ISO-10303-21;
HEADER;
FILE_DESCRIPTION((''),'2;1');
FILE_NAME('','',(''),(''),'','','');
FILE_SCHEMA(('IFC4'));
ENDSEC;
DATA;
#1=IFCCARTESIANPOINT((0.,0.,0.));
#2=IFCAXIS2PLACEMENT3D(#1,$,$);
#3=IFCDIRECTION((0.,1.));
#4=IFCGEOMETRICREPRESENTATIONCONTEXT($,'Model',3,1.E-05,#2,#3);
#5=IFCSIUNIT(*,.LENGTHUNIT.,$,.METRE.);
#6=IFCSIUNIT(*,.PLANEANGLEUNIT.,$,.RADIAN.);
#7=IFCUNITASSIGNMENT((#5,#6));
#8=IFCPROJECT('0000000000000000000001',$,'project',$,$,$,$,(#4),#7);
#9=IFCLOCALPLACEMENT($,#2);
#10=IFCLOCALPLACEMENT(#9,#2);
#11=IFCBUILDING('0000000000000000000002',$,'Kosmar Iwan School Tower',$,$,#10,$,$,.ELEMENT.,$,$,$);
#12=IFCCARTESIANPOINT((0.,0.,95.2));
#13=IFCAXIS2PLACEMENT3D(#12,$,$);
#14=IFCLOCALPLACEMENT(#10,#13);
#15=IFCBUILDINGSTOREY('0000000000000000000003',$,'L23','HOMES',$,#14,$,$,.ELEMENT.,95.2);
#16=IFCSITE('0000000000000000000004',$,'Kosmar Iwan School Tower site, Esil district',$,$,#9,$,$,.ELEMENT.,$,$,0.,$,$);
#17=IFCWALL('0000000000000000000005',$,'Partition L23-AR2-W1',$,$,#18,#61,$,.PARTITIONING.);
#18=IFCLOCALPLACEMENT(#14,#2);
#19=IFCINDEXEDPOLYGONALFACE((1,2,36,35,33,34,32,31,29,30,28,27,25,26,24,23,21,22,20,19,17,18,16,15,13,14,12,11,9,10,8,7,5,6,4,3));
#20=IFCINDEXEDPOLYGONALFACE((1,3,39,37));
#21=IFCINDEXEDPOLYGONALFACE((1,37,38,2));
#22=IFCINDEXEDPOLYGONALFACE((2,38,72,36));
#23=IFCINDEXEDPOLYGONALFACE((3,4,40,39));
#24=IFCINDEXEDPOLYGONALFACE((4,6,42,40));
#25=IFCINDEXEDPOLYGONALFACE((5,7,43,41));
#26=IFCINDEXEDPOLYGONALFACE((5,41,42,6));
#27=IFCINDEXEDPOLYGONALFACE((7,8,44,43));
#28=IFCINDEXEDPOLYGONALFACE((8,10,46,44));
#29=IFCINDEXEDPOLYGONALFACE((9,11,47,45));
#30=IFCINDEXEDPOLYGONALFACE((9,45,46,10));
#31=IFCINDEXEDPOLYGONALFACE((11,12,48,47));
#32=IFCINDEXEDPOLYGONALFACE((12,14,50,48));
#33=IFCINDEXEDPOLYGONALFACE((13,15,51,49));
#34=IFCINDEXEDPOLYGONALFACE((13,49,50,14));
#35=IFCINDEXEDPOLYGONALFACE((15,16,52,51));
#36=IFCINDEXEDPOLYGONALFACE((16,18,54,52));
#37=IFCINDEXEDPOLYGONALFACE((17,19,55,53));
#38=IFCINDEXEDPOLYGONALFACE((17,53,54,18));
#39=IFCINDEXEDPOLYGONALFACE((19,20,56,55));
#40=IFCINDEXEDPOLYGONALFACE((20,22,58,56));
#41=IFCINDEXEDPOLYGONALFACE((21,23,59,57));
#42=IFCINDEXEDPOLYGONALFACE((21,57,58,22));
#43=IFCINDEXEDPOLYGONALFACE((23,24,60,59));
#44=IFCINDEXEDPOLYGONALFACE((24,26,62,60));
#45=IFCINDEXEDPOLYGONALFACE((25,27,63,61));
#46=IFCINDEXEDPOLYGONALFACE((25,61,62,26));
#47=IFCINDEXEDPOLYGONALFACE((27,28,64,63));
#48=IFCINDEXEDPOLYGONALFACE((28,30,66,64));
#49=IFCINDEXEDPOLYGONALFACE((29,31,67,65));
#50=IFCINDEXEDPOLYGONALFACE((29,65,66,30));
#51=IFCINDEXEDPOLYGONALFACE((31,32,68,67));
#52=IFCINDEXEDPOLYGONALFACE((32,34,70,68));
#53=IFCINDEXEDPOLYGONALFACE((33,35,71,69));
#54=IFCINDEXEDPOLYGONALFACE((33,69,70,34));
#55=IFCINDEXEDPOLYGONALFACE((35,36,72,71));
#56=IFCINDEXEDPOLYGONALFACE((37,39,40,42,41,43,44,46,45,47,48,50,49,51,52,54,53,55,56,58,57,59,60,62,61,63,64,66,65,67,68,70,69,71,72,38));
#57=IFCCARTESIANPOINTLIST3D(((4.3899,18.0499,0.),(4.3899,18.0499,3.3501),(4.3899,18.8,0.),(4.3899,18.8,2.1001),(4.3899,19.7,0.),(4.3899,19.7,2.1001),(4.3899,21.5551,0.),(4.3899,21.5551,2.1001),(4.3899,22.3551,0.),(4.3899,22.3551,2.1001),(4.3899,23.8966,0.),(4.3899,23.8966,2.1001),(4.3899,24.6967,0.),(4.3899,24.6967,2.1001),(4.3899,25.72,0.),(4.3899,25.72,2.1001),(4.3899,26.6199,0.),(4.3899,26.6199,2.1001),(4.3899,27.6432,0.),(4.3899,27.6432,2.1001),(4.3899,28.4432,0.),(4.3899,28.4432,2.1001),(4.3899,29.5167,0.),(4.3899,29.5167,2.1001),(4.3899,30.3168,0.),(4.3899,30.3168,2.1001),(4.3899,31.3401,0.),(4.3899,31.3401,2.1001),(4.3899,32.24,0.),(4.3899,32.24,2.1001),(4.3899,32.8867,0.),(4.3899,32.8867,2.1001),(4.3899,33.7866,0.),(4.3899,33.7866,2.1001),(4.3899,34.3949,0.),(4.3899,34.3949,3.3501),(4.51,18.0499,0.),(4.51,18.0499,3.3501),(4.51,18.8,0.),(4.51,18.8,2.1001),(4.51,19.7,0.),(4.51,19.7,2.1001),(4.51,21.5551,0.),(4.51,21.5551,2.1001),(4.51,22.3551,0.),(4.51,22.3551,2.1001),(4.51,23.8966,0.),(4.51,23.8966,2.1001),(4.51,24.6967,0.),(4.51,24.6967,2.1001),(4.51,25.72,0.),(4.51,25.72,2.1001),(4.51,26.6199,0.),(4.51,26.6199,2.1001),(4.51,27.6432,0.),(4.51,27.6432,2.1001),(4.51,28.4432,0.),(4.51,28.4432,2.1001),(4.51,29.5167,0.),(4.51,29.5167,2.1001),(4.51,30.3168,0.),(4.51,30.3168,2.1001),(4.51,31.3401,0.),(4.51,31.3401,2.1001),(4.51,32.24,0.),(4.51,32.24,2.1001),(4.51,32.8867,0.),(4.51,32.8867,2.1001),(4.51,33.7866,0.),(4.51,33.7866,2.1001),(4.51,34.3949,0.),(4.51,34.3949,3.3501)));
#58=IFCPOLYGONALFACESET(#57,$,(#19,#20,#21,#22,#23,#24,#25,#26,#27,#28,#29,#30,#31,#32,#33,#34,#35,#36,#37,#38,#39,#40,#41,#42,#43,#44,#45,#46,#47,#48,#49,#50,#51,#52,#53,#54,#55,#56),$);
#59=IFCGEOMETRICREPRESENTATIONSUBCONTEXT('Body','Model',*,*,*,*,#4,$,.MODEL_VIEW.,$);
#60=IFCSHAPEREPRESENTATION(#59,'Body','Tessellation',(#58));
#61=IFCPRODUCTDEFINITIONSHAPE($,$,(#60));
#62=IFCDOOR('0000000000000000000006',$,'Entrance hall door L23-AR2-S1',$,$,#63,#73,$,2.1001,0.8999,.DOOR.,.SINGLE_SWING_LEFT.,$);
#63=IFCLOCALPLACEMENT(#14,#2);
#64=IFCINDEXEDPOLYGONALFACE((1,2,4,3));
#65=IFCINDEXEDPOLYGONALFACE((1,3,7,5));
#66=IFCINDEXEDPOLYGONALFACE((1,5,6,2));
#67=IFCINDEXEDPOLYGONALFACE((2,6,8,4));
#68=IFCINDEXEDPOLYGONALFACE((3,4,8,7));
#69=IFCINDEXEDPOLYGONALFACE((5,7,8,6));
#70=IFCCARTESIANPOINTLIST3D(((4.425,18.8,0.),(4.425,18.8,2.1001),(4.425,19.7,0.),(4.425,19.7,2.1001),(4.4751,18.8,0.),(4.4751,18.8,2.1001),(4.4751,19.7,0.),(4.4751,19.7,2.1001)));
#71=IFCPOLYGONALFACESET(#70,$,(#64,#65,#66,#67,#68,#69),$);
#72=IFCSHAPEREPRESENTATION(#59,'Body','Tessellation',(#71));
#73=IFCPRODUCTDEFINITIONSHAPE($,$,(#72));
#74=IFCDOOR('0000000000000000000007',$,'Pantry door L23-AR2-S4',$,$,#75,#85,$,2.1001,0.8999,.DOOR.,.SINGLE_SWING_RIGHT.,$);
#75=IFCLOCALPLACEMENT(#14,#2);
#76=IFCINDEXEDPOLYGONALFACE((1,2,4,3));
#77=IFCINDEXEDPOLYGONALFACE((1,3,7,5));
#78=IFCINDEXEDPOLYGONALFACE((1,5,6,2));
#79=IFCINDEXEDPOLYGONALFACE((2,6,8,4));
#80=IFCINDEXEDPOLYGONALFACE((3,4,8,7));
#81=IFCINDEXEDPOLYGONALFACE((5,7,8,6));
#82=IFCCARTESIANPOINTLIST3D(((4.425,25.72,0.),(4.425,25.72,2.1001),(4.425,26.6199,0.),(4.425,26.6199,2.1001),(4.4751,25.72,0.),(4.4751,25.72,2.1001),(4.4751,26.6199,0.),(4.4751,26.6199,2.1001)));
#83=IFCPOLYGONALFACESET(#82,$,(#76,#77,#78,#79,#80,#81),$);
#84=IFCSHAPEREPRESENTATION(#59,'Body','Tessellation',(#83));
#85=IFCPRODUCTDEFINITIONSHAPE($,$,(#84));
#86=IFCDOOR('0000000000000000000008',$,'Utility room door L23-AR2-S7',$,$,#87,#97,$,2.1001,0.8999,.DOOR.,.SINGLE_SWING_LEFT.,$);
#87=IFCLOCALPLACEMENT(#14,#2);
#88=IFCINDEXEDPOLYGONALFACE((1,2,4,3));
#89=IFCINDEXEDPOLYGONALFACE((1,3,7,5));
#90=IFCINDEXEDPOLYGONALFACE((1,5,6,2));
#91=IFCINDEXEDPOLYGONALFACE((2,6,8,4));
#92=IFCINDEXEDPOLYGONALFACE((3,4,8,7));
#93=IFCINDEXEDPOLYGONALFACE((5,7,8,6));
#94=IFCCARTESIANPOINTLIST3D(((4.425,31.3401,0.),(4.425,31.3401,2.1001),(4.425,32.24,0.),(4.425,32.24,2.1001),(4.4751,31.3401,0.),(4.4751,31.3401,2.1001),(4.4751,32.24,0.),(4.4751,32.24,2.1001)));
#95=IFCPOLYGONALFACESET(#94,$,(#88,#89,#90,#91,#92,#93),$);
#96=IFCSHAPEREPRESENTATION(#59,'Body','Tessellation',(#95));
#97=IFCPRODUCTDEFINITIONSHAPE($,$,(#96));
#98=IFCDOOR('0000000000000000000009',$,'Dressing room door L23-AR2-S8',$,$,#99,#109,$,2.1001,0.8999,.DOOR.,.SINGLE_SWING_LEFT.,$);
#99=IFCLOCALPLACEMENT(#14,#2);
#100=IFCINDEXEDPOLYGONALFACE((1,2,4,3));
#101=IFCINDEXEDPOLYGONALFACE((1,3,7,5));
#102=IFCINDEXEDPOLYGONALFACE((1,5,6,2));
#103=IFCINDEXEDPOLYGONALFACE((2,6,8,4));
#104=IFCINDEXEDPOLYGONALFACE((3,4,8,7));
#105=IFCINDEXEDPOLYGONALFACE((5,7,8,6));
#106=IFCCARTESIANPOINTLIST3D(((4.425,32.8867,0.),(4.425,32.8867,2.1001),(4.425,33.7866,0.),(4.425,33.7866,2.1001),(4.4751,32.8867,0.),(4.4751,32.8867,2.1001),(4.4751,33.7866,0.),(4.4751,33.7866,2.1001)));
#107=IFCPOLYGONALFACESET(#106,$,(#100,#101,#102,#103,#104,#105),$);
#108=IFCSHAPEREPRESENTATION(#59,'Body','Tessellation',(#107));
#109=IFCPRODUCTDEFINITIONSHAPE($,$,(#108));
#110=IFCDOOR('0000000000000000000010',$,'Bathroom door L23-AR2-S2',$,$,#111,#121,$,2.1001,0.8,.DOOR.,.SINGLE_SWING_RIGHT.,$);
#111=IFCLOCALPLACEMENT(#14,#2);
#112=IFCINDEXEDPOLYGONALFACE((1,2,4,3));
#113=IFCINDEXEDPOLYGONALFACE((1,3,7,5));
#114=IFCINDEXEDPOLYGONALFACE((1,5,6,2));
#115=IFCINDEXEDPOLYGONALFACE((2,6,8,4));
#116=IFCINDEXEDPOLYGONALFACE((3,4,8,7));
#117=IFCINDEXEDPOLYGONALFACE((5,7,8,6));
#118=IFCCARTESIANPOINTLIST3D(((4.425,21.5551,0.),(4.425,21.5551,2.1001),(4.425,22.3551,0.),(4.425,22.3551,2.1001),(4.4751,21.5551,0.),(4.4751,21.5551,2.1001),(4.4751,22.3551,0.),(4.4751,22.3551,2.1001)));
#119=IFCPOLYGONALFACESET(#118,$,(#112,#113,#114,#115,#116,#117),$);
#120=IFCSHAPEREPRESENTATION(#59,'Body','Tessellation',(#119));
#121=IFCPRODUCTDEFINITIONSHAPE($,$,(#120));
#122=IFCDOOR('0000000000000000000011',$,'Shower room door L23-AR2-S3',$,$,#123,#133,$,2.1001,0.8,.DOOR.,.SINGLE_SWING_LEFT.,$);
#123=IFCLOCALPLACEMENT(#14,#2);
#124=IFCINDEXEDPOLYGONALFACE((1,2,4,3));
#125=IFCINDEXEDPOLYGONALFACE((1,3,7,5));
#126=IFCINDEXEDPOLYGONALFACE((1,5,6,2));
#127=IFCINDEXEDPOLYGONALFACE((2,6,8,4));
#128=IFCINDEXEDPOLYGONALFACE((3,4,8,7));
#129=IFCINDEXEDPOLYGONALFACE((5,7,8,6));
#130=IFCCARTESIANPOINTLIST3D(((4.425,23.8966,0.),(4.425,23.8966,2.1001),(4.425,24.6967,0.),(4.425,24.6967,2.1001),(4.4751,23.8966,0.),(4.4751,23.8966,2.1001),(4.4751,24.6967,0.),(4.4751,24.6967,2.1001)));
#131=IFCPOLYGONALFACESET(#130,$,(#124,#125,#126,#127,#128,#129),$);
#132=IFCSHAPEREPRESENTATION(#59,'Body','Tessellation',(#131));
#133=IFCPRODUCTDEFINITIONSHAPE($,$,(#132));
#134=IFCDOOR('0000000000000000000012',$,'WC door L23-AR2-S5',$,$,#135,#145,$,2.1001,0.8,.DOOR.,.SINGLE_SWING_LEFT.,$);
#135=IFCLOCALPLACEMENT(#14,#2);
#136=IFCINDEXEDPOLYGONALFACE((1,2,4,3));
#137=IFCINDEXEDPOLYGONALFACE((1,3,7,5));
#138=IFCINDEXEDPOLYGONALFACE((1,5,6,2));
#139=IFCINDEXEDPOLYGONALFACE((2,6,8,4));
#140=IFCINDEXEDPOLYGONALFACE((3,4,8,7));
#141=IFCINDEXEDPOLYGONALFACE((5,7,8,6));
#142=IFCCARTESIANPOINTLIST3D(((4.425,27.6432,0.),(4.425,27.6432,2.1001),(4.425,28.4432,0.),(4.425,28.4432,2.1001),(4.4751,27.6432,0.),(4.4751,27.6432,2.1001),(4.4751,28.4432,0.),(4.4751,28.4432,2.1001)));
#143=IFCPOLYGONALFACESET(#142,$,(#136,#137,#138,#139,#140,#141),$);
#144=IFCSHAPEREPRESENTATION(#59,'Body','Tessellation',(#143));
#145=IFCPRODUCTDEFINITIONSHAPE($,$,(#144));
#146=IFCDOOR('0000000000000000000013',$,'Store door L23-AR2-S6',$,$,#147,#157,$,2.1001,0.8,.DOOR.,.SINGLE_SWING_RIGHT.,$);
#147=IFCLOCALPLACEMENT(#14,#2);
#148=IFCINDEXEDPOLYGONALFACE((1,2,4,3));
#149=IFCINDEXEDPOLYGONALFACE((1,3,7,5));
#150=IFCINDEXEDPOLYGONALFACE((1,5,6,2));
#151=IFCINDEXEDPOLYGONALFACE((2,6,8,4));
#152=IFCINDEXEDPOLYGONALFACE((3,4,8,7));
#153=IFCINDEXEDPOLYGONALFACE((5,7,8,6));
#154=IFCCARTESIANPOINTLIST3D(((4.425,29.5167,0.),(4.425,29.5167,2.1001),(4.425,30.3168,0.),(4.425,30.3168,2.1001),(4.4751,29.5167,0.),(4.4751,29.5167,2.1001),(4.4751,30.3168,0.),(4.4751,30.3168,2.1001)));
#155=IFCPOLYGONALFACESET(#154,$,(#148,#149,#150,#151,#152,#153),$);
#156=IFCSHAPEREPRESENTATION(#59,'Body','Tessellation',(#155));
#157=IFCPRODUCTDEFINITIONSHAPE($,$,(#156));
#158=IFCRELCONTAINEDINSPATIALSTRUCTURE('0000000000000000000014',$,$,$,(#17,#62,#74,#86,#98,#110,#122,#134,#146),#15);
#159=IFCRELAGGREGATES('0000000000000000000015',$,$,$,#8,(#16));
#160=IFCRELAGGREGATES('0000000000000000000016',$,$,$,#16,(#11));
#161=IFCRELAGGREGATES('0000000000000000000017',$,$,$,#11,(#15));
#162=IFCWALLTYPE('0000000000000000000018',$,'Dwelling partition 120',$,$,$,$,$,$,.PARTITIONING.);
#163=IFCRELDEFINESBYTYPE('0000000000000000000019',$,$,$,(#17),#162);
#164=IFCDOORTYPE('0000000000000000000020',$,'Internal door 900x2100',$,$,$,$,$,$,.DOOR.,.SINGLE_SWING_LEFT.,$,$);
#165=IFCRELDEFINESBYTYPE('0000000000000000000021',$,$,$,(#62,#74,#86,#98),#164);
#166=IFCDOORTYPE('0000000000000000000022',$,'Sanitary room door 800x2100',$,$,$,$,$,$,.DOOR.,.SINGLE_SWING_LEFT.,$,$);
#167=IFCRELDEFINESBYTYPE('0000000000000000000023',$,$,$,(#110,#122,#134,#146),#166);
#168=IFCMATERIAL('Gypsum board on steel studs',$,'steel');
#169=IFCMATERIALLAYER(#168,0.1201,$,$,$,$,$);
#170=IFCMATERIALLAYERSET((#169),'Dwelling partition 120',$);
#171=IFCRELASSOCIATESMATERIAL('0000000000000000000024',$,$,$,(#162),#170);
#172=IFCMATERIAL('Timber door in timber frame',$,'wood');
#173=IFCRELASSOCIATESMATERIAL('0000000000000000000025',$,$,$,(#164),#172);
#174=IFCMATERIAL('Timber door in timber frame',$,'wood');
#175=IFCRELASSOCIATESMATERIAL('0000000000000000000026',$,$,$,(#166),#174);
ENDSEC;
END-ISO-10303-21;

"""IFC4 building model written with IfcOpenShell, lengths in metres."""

from ifc_helpers import new_model, si_unit, direction, frame, frame_2d, origin, place, context, subcontext, project, spatial, rectangle, extrude, material, layer, layer_set, type_object, element, fill, save


model = new_model("IFC4")

# Units and contexts
model_context = context("Model", 3, precision=1e-05, world=origin(), true_north=direction((0.0, 1.0)))
body_context = subcontext(model_context, "Body", "Model", "MODEL_VIEW")
ifc_project = project(units=[si_unit("LENGTHUNIT", "METRE"), si_unit("PLANEANGLEUNIT", "RADIAN")], contexts=[model_context])

# Site, building, storey
site_placement = place(None, origin())
site = spatial("IfcSite", under=ifc_project, at=site_placement, Name="Kosmar Iwan School Tower site, Esil district", CompositionType="ELEMENT", RefElevation=0.0)
building_placement = place(site_placement, origin())
building = spatial("IfcBuilding", under=site, at=building_placement, Name="Kosmar Iwan School Tower", CompositionType="ELEMENT")
storey_placement = place(building_placement, frame((0.0, 0.0, 95.2)))
storey = spatial("IfcBuildingStorey", under=building, at=storey_placement, Name="L23", Description="HOMES", CompositionType="ELEMENT", Elevation=95.2)

# Shared definitions
ifc_material_1 = material(Name="Gypsum board on steel studs", Category="steel")
ifc_layer_1 = layer(ifc_material_1, 0.1201)
ifc_layer_set_1 = layer_set([ifc_layer_1], Name="Dwelling partition 120")
wall_type_1 = type_object("IfcWallType", Name="Dwelling partition 120", PredefinedType="PARTITIONING", material=ifc_layer_set_1)

# Wall, openings, doors
wall_1_placement = place(storey_placement, frame((4.45, 18.05, 0.0), z_axis=(0.0, 0.0, 1.0), x_axis=(0.0, 1.0, 0.0)))
wall_1 = element("IfcWall", 1, at=wall_1_placement, inside=storey, type_object=wall_type_1, Name="Partition L23-AR2-W1", PredefinedType="PARTITIONING", context=body_context, shape_type="SweptSolid", body=[
    extrude(rectangle(XDim=16.345, YDim=0.1201, at=frame_2d((8.1724, 0.0))), origin(), (0.0, 0.0, 1.0), 3.3501),
])
opening_1_placement = place(wall_1_placement, frame((0.75, 0.0, 0.0)))
opening_1 = element("IfcOpeningElement", 2, at=opening_1_placement, cuts=wall_1, PredefinedType="OPENING", context=body_context, shape_type="SweptSolid", body=[
    extrude(rectangle(XDim=0.8999, YDim=2.1001, at=frame_2d((0.45, 1.05))), frame((0.0, 0.072, 0.0), z_axis=(0.0, -1.0, 0.0), x_axis=(1.0, 0.0, 0.0)), (0.0, 0.0, 1.0), 0.144),
])
opening_2_placement = place(wall_1_placement, frame((3.5051, 0.0, 0.0)))
opening_2 = element("IfcOpeningElement", 3, at=opening_2_placement, cuts=wall_1, PredefinedType="OPENING", context=body_context, shape_type="SweptSolid", body=[
    extrude(rectangle(XDim=0.8, YDim=2.1001, at=frame_2d((0.3999, 1.05))), frame((0.0, 0.072, 0.0), z_axis=(0.0, -1.0, 0.0), x_axis=(1.0, 0.0, 0.0)), (0.0, 0.0, 1.0), 0.144),
])
opening_3_placement = place(wall_1_placement, frame((5.8467, 0.0, 0.0)))
opening_3 = element("IfcOpeningElement", 4, at=opening_3_placement, cuts=wall_1, PredefinedType="OPENING", context=body_context, shape_type="SweptSolid", body=[
    extrude(rectangle(XDim=0.8, YDim=2.1001, at=frame_2d((0.3999, 1.05))), frame((0.0, 0.072, 0.0), z_axis=(0.0, -1.0, 0.0), x_axis=(1.0, 0.0, 0.0)), (0.0, 0.0, 1.0), 0.144),
])
opening_4_placement = place(wall_1_placement, frame((7.6699, 0.0, 0.0)))
opening_4 = element("IfcOpeningElement", 5, at=opening_4_placement, cuts=wall_1, PredefinedType="OPENING", context=body_context, shape_type="SweptSolid", body=[
    extrude(rectangle(XDim=0.8999, YDim=2.1001, at=frame_2d((0.45, 1.05))), frame((0.0, 0.072, 0.0), z_axis=(0.0, -1.0, 0.0), x_axis=(1.0, 0.0, 0.0)), (0.0, 0.0, 1.0), 0.144),
])
opening_5_placement = place(wall_1_placement, frame((9.5933, 0.0, 0.0)))
opening_5 = element("IfcOpeningElement", 6, at=opening_5_placement, cuts=wall_1, PredefinedType="OPENING", context=body_context, shape_type="SweptSolid", body=[
    extrude(rectangle(XDim=0.8, YDim=2.1001, at=frame_2d((0.3999, 1.05))), frame((0.0, 0.072, 0.0), z_axis=(0.0, -1.0, 0.0), x_axis=(1.0, 0.0, 0.0)), (0.0, 0.0, 1.0), 0.144),
])
opening_6_placement = place(wall_1_placement, frame((11.4668, 0.0, 0.0)))
opening_6 = element("IfcOpeningElement", 7, at=opening_6_placement, cuts=wall_1, PredefinedType="OPENING", context=body_context, shape_type="SweptSolid", body=[
    extrude(rectangle(XDim=0.8, YDim=2.1001, at=frame_2d((0.3999, 1.05))), frame((0.0, 0.072, 0.0), z_axis=(0.0, -1.0, 0.0), x_axis=(1.0, 0.0, 0.0)), (0.0, 0.0, 1.0), 0.144),
])
opening_7_placement = place(wall_1_placement, frame((13.29, 0.0, 0.0)))
opening_7 = element("IfcOpeningElement", 8, at=opening_7_placement, cuts=wall_1, PredefinedType="OPENING", context=body_context, shape_type="SweptSolid", body=[
    extrude(rectangle(XDim=0.8999, YDim=2.1001, at=frame_2d((0.45, 1.05))), frame((0.0, 0.072, 0.0), z_axis=(0.0, -1.0, 0.0), x_axis=(1.0, 0.0, 0.0)), (0.0, 0.0, 1.0), 0.144),
])
opening_8_placement = place(wall_1_placement, frame((14.8367, 0.0, 0.0)))
opening_8 = element("IfcOpeningElement", 9, at=opening_8_placement, cuts=wall_1, PredefinedType="OPENING", context=body_context, shape_type="SweptSolid", body=[
    extrude(rectangle(XDim=0.8999, YDim=2.1001, at=frame_2d((0.45, 1.05))), frame((0.0, 0.072, 0.0), z_axis=(0.0, -1.0, 0.0), x_axis=(1.0, 0.0, 0.0)), (0.0, 0.0, 1.0), 0.144),
])
ifc_material_2 = material(Name="Timber door in timber frame", Category="wood")
door_type_1 = type_object("IfcDoorType", Name="Internal door 900x2100", OperationType="SINGLE_SWING_LEFT", PredefinedType="DOOR", material=ifc_material_2)
door_1_placement = place(opening_1_placement, origin())
door_1 = element("IfcDoor", 10, at=door_1_placement, inside=storey, type_object=door_type_1, Name="Entrance hall door L23-AR2-S1", OperationType="SINGLE_SWING_LEFT", OverallHeight=2.1001, OverallWidth=0.8999, PredefinedType="DOOR", context=body_context, shape_type="SweptSolid", body=[
    extrude(rectangle(XDim=0.8999, YDim=2.1001, at=frame_2d((0.45, 1.05))), frame((0.0, 0.0249, 0.0), z_axis=(0.0, -1.0, 0.0), x_axis=(1.0, 0.0, 0.0)), (0.0, 0.0, 1.0), 0.05),
])
fill(opening_1, door_1)
door_2_placement = place(opening_4_placement, origin())
door_2 = element("IfcDoor", 11, at=door_2_placement, inside=storey, type_object=door_type_1, Name="Pantry door L23-AR2-S4", OperationType="SINGLE_SWING_RIGHT", OverallHeight=2.1001, OverallWidth=0.8999, PredefinedType="DOOR", context=body_context, shape_type="SweptSolid", body=[
    extrude(rectangle(XDim=0.8999, YDim=2.1001, at=frame_2d((0.45, 1.05))), frame((0.0, 0.0249, 0.0), z_axis=(0.0, -1.0, 0.0), x_axis=(1.0, 0.0, 0.0)), (0.0, 0.0, 1.0), 0.05),
])
fill(opening_4, door_2)
door_3_placement = place(opening_7_placement, origin())
door_3 = element("IfcDoor", 12, at=door_3_placement, inside=storey, type_object=door_type_1, Name="Utility room door L23-AR2-S7", OperationType="SINGLE_SWING_LEFT", OverallHeight=2.1001, OverallWidth=0.8999, PredefinedType="DOOR", context=body_context, shape_type="SweptSolid", body=[
    extrude(rectangle(XDim=0.8999, YDim=2.1001, at=frame_2d((0.45, 1.05))), frame((0.0, 0.0249, 0.0), z_axis=(0.0, -1.0, 0.0), x_axis=(1.0, 0.0, 0.0)), (0.0, 0.0, 1.0), 0.05),
])
fill(opening_7, door_3)
door_4_placement = place(opening_8_placement, origin())
door_4 = element("IfcDoor", 13, at=door_4_placement, inside=storey, type_object=door_type_1, Name="Dressing room door L23-AR2-S8", OperationType="SINGLE_SWING_LEFT", OverallHeight=2.1001, OverallWidth=0.8999, PredefinedType="DOOR", context=body_context, shape_type="SweptSolid", body=[
    extrude(rectangle(XDim=0.8999, YDim=2.1001, at=frame_2d((0.45, 1.05))), frame((0.0, 0.0249, 0.0), z_axis=(0.0, -1.0, 0.0), x_axis=(1.0, 0.0, 0.0)), (0.0, 0.0, 1.0), 0.05),
])
fill(opening_8, door_4)
ifc_material_3 = material(Name="Timber door in timber frame", Category="wood")
door_type_2 = type_object("IfcDoorType", Name="Sanitary room door 800x2100", OperationType="SINGLE_SWING_LEFT", PredefinedType="DOOR", material=ifc_material_3)
door_5_placement = place(opening_2_placement, origin())
door_5 = element("IfcDoor", 14, at=door_5_placement, inside=storey, type_object=door_type_2, Name="Bathroom door L23-AR2-S2", OperationType="SINGLE_SWING_RIGHT", OverallHeight=2.1001, OverallWidth=0.8, PredefinedType="DOOR", context=body_context, shape_type="SweptSolid", body=[
    extrude(rectangle(XDim=0.8, YDim=2.1001, at=frame_2d((0.3999, 1.05))), frame((0.0, 0.0249, 0.0), z_axis=(0.0, -1.0, 0.0), x_axis=(1.0, 0.0, 0.0)), (0.0, 0.0, 1.0), 0.05),
])
fill(opening_2, door_5)
door_6_placement = place(opening_3_placement, origin())
door_6 = element("IfcDoor", 15, at=door_6_placement, inside=storey, type_object=door_type_2, Name="Shower room door L23-AR2-S3", OperationType="SINGLE_SWING_LEFT", OverallHeight=2.1001, OverallWidth=0.8, PredefinedType="DOOR", context=body_context, shape_type="SweptSolid", body=[
    extrude(rectangle(XDim=0.8, YDim=2.1001, at=frame_2d((0.3999, 1.05))), frame((0.0, 0.0249, 0.0), z_axis=(0.0, -1.0, 0.0), x_axis=(1.0, 0.0, 0.0)), (0.0, 0.0, 1.0), 0.05),
])
fill(opening_3, door_6)
door_7_placement = place(opening_5_placement, origin())
door_7 = element("IfcDoor", 16, at=door_7_placement, inside=storey, type_object=door_type_2, Name="WC door L23-AR2-S5", OperationType="SINGLE_SWING_LEFT", OverallHeight=2.1001, OverallWidth=0.8, PredefinedType="DOOR", context=body_context, shape_type="SweptSolid", body=[
    extrude(rectangle(XDim=0.8, YDim=2.1001, at=frame_2d((0.3999, 1.05))), frame((0.0, 0.0249, 0.0), z_axis=(0.0, -1.0, 0.0), x_axis=(1.0, 0.0, 0.0)), (0.0, 0.0, 1.0), 0.05),
])
fill(opening_5, door_7)
door_8_placement = place(opening_6_placement, origin())
door_8 = element("IfcDoor", 17, at=door_8_placement, inside=storey, type_object=door_type_2, Name="Store door L23-AR2-S6", OperationType="SINGLE_SWING_RIGHT", OverallHeight=2.1001, OverallWidth=0.8, PredefinedType="DOOR", context=body_context, shape_type="SweptSolid", body=[
    extrude(rectangle(XDim=0.8, YDim=2.1001, at=frame_2d((0.3999, 1.05))), frame((0.0, 0.0249, 0.0), z_axis=(0.0, -1.0, 0.0), x_axis=(1.0, 0.0, 0.0)), (0.0, 0.0, 1.0), 0.05),
])
fill(opening_6, door_8)

save(model, "model.ifc")
